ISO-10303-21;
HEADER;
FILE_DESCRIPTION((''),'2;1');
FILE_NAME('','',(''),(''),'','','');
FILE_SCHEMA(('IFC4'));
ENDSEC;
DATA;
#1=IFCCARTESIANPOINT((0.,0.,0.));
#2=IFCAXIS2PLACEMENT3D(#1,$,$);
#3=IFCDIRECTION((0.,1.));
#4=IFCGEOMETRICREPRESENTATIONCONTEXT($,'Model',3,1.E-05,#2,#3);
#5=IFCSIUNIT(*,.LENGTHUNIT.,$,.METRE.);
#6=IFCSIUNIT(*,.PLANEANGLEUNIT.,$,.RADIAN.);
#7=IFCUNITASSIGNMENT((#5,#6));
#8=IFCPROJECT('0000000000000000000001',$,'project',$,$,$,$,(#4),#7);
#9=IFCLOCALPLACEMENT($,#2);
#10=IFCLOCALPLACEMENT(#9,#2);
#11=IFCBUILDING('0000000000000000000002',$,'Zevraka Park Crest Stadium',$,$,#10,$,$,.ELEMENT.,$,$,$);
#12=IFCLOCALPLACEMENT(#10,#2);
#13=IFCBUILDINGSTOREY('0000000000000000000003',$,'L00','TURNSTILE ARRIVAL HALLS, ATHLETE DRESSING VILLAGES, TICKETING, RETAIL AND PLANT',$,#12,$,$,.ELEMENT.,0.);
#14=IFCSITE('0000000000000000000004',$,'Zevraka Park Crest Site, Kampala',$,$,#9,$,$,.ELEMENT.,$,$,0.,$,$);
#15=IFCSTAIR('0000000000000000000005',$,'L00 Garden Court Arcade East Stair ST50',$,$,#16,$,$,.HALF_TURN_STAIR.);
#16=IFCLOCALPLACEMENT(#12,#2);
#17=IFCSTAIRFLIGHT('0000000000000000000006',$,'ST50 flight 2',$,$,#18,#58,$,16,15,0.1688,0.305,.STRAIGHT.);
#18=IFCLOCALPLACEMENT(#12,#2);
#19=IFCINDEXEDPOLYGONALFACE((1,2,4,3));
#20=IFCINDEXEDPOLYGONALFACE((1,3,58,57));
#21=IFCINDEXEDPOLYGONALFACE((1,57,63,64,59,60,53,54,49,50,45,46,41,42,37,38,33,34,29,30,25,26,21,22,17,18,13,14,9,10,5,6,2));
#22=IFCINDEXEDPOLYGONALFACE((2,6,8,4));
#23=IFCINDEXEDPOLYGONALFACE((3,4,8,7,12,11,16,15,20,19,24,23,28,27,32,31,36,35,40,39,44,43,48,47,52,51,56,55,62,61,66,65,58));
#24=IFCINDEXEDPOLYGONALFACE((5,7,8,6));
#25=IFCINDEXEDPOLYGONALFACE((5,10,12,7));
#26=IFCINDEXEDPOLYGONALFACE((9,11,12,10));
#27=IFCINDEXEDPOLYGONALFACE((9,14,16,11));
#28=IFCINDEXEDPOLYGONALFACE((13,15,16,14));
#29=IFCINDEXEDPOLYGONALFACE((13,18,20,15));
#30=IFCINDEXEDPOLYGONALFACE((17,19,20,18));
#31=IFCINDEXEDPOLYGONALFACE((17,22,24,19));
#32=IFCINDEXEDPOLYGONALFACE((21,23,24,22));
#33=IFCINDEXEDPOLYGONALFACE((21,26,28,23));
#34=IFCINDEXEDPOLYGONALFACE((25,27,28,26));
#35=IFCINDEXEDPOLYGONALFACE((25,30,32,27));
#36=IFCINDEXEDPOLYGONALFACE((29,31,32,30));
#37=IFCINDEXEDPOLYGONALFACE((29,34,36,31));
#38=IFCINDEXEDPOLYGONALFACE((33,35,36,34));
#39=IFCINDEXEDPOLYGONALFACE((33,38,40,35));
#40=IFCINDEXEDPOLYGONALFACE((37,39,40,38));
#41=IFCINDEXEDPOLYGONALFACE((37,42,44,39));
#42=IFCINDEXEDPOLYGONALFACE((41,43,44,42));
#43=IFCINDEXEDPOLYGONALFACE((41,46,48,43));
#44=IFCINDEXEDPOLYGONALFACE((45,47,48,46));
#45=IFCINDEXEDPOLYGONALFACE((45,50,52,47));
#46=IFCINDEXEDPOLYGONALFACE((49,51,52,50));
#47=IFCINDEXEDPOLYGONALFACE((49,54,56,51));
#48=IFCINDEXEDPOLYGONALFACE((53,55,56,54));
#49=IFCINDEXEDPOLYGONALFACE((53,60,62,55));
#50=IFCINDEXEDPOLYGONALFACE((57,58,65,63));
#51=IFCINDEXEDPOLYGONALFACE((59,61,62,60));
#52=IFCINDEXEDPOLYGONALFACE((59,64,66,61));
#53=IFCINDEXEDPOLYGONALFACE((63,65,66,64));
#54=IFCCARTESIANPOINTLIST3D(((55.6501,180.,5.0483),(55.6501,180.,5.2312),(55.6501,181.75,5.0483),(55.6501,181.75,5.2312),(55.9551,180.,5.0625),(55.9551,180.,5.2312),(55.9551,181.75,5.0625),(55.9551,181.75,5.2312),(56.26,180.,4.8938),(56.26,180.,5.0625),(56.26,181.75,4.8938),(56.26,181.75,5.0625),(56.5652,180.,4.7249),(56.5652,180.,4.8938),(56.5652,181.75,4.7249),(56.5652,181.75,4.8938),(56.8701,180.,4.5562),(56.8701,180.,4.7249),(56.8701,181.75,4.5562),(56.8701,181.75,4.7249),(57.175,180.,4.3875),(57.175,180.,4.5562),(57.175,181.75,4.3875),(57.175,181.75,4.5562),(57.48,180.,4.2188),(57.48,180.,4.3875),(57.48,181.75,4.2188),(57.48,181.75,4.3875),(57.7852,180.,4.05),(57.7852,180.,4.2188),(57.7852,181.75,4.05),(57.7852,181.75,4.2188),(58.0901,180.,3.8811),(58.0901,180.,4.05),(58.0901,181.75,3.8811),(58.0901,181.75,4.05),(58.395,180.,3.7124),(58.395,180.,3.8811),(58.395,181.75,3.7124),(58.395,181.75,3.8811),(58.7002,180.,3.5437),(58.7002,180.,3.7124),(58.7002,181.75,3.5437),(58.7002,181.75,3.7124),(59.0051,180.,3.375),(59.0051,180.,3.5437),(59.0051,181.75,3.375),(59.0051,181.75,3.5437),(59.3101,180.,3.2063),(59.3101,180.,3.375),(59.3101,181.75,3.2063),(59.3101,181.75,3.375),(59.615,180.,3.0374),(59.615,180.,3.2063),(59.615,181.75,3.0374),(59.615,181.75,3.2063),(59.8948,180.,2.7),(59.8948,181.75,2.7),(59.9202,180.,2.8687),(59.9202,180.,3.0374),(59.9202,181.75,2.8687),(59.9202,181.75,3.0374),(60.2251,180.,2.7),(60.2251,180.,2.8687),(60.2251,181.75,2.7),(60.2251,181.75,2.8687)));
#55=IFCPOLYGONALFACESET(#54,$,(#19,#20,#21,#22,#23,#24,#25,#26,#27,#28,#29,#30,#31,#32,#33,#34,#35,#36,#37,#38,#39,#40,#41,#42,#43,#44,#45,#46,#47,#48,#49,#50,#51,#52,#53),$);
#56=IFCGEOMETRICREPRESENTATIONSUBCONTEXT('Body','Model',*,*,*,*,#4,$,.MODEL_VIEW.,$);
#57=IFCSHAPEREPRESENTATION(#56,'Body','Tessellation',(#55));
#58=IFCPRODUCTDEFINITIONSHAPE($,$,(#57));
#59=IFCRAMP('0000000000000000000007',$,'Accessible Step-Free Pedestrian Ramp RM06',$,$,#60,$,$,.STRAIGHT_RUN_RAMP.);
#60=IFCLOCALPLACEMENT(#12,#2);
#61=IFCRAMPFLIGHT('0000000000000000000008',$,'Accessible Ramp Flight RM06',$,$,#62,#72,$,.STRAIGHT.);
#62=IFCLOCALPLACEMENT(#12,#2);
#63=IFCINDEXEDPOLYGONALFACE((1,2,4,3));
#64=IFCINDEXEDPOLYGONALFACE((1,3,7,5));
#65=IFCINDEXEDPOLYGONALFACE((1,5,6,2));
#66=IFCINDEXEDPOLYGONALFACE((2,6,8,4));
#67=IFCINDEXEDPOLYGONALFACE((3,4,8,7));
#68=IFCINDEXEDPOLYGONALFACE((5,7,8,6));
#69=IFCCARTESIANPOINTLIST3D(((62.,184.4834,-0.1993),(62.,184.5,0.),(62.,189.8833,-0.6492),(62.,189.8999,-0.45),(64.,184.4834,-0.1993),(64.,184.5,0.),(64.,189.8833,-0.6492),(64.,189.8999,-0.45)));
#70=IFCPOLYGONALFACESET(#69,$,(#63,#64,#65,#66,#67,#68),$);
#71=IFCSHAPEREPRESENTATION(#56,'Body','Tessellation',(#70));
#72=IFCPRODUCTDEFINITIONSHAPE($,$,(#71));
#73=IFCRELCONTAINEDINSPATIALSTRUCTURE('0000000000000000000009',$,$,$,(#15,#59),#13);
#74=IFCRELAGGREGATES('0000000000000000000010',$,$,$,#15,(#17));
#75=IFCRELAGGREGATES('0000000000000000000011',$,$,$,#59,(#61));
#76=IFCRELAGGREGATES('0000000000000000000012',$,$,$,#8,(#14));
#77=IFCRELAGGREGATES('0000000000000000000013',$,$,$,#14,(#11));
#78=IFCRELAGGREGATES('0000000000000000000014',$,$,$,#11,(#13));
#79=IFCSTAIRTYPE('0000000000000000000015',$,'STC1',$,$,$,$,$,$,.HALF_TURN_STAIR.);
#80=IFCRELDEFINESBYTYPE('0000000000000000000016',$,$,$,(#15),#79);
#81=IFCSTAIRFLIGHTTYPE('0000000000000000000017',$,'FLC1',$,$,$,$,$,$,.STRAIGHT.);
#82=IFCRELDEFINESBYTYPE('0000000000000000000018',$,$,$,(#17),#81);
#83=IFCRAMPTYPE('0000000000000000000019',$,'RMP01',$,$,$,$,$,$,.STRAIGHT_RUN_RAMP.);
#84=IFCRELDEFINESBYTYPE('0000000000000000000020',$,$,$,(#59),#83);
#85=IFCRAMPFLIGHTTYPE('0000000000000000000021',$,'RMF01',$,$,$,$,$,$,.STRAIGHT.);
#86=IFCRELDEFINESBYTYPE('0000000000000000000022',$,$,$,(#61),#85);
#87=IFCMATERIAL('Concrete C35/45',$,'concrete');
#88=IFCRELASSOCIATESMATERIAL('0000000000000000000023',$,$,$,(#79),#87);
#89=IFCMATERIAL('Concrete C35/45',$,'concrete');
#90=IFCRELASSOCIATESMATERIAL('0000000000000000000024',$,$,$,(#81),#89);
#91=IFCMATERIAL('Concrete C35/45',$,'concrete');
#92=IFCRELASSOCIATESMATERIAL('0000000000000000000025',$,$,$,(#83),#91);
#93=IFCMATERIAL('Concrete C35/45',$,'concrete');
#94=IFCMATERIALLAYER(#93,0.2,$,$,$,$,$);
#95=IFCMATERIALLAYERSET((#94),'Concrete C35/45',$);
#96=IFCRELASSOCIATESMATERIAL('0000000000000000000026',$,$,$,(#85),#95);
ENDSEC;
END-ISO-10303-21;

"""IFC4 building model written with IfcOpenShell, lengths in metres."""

from ifc_helpers import new_model, si_unit, direction, frame, origin, place, context, subcontext, project, spatial, polyline, outline, extrude, material, layer, layer_set, type_object, element, aggregate, save


model = new_model("IFC4")

# Units and contexts
model_context = context("Model", 3, precision=1e-05, world=origin(), true_north=direction((0.0, 1.0)))
body_context = subcontext(model_context, "Body", "Model", "MODEL_VIEW")
ifc_project = project(units=[si_unit("LENGTHUNIT", "METRE"), si_unit("PLANEANGLEUNIT", "RADIAN")], contexts=[model_context])

# Site, building, storey
site_placement = place(None, origin())
site = spatial("IfcSite", under=ifc_project, at=site_placement, Name="Zevraka Park Crest Site, Kampala", CompositionType="ELEMENT", RefElevation=0.0)
building_placement = place(site_placement, origin())
building = spatial("IfcBuilding", under=site, at=building_placement, Name="Zevraka Park Crest Stadium", CompositionType="ELEMENT")
storey_placement = place(building_placement, origin())
storey = spatial("IfcBuildingStorey", under=building, at=storey_placement, Name="L00", Description="TURNSTILE ARRIVAL HALLS, ATHLETE DRESSING VILLAGES, TICKETING, RETAIL AND PLANT", CompositionType="ELEMENT", Elevation=0.0)

# Stair, stair flight
ifc_material_1 = material(Name="Concrete C35/45", Category="concrete")
stair_type = type_object("IfcStairType", Name="STC1", PredefinedType="HALF_TURN_STAIR", material=ifc_material_1)
stair_placement = place(storey_placement, origin())
stair = element("IfcStair", 1, at=stair_placement, inside=storey, type_object=stair_type, Name="L00 Garden Court Arcade East Stair ST50", PredefinedType="HALF_TURN_STAIR")
ifc_material_2 = material(Name="Concrete C35/45", Category="concrete")
stair_flight_type = type_object("IfcStairFlightType", Name="FLC1", PredefinedType="STRAIGHT", material=ifc_material_2)
stair_flight_1_placement = place(storey_placement, frame((60.2251, 180.875, 2.7), z_axis=(0.0, 0.0, 1.0), x_axis=(-1.0, 0.0, 0.0)))
stair_flight_1 = element("IfcStairFlight", 2, at=stair_flight_1_placement, type_object=stair_flight_type, Name="ST50 flight 2", NumberOfRisers=16, NumberOfTreads=15, PredefinedType="STRAIGHT", RiserHeight=0.1688, TreadLength=0.305, context=body_context, shape_type="SweptSolid", body=[
    extrude(outline(polyline([(0.0, 0.0), (0.0, 0.1687), (0.3049, 0.1687), (0.3049, 0.3374), (0.6101, 0.3374), (0.6101, 0.5063), (0.915, 0.5063), (0.915, 0.675), (1.22, 0.675), (1.22, 0.8438), (1.5249, 0.8438), (1.5249, 1.0125), (1.8301, 1.0125), (1.8301, 1.1812), (2.135, 1.1812), (2.135, 1.3501), (2.4399, 1.3501), (2.4399, 1.5188), (2.7451, 1.5188), (2.7451, 1.6875), (3.05, 1.6875), (3.05, 1.8562), (3.355, 1.8562), (3.355, 2.0249), (3.6599, 2.0249), (3.6599, 2.1938), (3.9651, 2.1938), (3.9651, 2.3625), (4.27, 2.3625), (4.27, 2.5312), (4.575, 2.5312), (4.575, 2.7), (4.575, 2.3484), (0.3303, 0.0), (0.0, 0.0)])), frame((0.0, 0.875, 0.0), z_axis=(0.0, -1.0, 0.0), x_axis=(1.0, 0.0, 0.0)), (0.0, 0.0, 1.0), 1.75),
])
aggregate(stair, [stair_flight_1])

# Ramp, ramp flight
ifc_material_3 = material(Name="Concrete C35/45", Category="concrete")
ramp_type = type_object("IfcRampType", Name="RMP01", PredefinedType="STRAIGHT_RUN_RAMP", material=ifc_material_3)
ramp_placement = place(storey_placement, origin())
ramp = element("IfcRamp", 3, at=ramp_placement, inside=storey, type_object=ramp_type, Name="Accessible Step-Free Pedestrian Ramp RM06", PredefinedType="STRAIGHT_RUN_RAMP")
ifc_material_4 = material(Name="Concrete C35/45", Category="concrete")
ifc_layer_1 = layer(ifc_material_4, 0.2)
ifc_layer_set_1 = layer_set([ifc_layer_1], Name="Concrete C35/45")
ramp_flight_type = type_object("IfcRampFlightType", Name="RMF01", PredefinedType="STRAIGHT", material=ifc_layer_set_1)
ramp_flight_placement = place(storey_placement, frame((62.0, 189.8999, -0.45), z_axis=(0.0, 0.083038, 0.996546), x_axis=(0.0, -0.996546, 0.083038)))
ramp_flight = element("IfcRampFlight", 4, at=ramp_flight_placement, type_object=ramp_flight_type, Name="Accessible Ramp Flight RM06", PredefinedType="STRAIGHT", context=body_context, shape_type="SweptSolid", body=[
    extrude(outline(polyline([(0.0, 0.0), (5.4186, 0.0), (5.4186, 2.0), (0.0, 2.0), (0.0, 0.0)])), origin(), (0.0, 0.0, -1.0), 0.2),
])
aggregate(ramp, [ramp_flight])

save(model, "model.ifc")
